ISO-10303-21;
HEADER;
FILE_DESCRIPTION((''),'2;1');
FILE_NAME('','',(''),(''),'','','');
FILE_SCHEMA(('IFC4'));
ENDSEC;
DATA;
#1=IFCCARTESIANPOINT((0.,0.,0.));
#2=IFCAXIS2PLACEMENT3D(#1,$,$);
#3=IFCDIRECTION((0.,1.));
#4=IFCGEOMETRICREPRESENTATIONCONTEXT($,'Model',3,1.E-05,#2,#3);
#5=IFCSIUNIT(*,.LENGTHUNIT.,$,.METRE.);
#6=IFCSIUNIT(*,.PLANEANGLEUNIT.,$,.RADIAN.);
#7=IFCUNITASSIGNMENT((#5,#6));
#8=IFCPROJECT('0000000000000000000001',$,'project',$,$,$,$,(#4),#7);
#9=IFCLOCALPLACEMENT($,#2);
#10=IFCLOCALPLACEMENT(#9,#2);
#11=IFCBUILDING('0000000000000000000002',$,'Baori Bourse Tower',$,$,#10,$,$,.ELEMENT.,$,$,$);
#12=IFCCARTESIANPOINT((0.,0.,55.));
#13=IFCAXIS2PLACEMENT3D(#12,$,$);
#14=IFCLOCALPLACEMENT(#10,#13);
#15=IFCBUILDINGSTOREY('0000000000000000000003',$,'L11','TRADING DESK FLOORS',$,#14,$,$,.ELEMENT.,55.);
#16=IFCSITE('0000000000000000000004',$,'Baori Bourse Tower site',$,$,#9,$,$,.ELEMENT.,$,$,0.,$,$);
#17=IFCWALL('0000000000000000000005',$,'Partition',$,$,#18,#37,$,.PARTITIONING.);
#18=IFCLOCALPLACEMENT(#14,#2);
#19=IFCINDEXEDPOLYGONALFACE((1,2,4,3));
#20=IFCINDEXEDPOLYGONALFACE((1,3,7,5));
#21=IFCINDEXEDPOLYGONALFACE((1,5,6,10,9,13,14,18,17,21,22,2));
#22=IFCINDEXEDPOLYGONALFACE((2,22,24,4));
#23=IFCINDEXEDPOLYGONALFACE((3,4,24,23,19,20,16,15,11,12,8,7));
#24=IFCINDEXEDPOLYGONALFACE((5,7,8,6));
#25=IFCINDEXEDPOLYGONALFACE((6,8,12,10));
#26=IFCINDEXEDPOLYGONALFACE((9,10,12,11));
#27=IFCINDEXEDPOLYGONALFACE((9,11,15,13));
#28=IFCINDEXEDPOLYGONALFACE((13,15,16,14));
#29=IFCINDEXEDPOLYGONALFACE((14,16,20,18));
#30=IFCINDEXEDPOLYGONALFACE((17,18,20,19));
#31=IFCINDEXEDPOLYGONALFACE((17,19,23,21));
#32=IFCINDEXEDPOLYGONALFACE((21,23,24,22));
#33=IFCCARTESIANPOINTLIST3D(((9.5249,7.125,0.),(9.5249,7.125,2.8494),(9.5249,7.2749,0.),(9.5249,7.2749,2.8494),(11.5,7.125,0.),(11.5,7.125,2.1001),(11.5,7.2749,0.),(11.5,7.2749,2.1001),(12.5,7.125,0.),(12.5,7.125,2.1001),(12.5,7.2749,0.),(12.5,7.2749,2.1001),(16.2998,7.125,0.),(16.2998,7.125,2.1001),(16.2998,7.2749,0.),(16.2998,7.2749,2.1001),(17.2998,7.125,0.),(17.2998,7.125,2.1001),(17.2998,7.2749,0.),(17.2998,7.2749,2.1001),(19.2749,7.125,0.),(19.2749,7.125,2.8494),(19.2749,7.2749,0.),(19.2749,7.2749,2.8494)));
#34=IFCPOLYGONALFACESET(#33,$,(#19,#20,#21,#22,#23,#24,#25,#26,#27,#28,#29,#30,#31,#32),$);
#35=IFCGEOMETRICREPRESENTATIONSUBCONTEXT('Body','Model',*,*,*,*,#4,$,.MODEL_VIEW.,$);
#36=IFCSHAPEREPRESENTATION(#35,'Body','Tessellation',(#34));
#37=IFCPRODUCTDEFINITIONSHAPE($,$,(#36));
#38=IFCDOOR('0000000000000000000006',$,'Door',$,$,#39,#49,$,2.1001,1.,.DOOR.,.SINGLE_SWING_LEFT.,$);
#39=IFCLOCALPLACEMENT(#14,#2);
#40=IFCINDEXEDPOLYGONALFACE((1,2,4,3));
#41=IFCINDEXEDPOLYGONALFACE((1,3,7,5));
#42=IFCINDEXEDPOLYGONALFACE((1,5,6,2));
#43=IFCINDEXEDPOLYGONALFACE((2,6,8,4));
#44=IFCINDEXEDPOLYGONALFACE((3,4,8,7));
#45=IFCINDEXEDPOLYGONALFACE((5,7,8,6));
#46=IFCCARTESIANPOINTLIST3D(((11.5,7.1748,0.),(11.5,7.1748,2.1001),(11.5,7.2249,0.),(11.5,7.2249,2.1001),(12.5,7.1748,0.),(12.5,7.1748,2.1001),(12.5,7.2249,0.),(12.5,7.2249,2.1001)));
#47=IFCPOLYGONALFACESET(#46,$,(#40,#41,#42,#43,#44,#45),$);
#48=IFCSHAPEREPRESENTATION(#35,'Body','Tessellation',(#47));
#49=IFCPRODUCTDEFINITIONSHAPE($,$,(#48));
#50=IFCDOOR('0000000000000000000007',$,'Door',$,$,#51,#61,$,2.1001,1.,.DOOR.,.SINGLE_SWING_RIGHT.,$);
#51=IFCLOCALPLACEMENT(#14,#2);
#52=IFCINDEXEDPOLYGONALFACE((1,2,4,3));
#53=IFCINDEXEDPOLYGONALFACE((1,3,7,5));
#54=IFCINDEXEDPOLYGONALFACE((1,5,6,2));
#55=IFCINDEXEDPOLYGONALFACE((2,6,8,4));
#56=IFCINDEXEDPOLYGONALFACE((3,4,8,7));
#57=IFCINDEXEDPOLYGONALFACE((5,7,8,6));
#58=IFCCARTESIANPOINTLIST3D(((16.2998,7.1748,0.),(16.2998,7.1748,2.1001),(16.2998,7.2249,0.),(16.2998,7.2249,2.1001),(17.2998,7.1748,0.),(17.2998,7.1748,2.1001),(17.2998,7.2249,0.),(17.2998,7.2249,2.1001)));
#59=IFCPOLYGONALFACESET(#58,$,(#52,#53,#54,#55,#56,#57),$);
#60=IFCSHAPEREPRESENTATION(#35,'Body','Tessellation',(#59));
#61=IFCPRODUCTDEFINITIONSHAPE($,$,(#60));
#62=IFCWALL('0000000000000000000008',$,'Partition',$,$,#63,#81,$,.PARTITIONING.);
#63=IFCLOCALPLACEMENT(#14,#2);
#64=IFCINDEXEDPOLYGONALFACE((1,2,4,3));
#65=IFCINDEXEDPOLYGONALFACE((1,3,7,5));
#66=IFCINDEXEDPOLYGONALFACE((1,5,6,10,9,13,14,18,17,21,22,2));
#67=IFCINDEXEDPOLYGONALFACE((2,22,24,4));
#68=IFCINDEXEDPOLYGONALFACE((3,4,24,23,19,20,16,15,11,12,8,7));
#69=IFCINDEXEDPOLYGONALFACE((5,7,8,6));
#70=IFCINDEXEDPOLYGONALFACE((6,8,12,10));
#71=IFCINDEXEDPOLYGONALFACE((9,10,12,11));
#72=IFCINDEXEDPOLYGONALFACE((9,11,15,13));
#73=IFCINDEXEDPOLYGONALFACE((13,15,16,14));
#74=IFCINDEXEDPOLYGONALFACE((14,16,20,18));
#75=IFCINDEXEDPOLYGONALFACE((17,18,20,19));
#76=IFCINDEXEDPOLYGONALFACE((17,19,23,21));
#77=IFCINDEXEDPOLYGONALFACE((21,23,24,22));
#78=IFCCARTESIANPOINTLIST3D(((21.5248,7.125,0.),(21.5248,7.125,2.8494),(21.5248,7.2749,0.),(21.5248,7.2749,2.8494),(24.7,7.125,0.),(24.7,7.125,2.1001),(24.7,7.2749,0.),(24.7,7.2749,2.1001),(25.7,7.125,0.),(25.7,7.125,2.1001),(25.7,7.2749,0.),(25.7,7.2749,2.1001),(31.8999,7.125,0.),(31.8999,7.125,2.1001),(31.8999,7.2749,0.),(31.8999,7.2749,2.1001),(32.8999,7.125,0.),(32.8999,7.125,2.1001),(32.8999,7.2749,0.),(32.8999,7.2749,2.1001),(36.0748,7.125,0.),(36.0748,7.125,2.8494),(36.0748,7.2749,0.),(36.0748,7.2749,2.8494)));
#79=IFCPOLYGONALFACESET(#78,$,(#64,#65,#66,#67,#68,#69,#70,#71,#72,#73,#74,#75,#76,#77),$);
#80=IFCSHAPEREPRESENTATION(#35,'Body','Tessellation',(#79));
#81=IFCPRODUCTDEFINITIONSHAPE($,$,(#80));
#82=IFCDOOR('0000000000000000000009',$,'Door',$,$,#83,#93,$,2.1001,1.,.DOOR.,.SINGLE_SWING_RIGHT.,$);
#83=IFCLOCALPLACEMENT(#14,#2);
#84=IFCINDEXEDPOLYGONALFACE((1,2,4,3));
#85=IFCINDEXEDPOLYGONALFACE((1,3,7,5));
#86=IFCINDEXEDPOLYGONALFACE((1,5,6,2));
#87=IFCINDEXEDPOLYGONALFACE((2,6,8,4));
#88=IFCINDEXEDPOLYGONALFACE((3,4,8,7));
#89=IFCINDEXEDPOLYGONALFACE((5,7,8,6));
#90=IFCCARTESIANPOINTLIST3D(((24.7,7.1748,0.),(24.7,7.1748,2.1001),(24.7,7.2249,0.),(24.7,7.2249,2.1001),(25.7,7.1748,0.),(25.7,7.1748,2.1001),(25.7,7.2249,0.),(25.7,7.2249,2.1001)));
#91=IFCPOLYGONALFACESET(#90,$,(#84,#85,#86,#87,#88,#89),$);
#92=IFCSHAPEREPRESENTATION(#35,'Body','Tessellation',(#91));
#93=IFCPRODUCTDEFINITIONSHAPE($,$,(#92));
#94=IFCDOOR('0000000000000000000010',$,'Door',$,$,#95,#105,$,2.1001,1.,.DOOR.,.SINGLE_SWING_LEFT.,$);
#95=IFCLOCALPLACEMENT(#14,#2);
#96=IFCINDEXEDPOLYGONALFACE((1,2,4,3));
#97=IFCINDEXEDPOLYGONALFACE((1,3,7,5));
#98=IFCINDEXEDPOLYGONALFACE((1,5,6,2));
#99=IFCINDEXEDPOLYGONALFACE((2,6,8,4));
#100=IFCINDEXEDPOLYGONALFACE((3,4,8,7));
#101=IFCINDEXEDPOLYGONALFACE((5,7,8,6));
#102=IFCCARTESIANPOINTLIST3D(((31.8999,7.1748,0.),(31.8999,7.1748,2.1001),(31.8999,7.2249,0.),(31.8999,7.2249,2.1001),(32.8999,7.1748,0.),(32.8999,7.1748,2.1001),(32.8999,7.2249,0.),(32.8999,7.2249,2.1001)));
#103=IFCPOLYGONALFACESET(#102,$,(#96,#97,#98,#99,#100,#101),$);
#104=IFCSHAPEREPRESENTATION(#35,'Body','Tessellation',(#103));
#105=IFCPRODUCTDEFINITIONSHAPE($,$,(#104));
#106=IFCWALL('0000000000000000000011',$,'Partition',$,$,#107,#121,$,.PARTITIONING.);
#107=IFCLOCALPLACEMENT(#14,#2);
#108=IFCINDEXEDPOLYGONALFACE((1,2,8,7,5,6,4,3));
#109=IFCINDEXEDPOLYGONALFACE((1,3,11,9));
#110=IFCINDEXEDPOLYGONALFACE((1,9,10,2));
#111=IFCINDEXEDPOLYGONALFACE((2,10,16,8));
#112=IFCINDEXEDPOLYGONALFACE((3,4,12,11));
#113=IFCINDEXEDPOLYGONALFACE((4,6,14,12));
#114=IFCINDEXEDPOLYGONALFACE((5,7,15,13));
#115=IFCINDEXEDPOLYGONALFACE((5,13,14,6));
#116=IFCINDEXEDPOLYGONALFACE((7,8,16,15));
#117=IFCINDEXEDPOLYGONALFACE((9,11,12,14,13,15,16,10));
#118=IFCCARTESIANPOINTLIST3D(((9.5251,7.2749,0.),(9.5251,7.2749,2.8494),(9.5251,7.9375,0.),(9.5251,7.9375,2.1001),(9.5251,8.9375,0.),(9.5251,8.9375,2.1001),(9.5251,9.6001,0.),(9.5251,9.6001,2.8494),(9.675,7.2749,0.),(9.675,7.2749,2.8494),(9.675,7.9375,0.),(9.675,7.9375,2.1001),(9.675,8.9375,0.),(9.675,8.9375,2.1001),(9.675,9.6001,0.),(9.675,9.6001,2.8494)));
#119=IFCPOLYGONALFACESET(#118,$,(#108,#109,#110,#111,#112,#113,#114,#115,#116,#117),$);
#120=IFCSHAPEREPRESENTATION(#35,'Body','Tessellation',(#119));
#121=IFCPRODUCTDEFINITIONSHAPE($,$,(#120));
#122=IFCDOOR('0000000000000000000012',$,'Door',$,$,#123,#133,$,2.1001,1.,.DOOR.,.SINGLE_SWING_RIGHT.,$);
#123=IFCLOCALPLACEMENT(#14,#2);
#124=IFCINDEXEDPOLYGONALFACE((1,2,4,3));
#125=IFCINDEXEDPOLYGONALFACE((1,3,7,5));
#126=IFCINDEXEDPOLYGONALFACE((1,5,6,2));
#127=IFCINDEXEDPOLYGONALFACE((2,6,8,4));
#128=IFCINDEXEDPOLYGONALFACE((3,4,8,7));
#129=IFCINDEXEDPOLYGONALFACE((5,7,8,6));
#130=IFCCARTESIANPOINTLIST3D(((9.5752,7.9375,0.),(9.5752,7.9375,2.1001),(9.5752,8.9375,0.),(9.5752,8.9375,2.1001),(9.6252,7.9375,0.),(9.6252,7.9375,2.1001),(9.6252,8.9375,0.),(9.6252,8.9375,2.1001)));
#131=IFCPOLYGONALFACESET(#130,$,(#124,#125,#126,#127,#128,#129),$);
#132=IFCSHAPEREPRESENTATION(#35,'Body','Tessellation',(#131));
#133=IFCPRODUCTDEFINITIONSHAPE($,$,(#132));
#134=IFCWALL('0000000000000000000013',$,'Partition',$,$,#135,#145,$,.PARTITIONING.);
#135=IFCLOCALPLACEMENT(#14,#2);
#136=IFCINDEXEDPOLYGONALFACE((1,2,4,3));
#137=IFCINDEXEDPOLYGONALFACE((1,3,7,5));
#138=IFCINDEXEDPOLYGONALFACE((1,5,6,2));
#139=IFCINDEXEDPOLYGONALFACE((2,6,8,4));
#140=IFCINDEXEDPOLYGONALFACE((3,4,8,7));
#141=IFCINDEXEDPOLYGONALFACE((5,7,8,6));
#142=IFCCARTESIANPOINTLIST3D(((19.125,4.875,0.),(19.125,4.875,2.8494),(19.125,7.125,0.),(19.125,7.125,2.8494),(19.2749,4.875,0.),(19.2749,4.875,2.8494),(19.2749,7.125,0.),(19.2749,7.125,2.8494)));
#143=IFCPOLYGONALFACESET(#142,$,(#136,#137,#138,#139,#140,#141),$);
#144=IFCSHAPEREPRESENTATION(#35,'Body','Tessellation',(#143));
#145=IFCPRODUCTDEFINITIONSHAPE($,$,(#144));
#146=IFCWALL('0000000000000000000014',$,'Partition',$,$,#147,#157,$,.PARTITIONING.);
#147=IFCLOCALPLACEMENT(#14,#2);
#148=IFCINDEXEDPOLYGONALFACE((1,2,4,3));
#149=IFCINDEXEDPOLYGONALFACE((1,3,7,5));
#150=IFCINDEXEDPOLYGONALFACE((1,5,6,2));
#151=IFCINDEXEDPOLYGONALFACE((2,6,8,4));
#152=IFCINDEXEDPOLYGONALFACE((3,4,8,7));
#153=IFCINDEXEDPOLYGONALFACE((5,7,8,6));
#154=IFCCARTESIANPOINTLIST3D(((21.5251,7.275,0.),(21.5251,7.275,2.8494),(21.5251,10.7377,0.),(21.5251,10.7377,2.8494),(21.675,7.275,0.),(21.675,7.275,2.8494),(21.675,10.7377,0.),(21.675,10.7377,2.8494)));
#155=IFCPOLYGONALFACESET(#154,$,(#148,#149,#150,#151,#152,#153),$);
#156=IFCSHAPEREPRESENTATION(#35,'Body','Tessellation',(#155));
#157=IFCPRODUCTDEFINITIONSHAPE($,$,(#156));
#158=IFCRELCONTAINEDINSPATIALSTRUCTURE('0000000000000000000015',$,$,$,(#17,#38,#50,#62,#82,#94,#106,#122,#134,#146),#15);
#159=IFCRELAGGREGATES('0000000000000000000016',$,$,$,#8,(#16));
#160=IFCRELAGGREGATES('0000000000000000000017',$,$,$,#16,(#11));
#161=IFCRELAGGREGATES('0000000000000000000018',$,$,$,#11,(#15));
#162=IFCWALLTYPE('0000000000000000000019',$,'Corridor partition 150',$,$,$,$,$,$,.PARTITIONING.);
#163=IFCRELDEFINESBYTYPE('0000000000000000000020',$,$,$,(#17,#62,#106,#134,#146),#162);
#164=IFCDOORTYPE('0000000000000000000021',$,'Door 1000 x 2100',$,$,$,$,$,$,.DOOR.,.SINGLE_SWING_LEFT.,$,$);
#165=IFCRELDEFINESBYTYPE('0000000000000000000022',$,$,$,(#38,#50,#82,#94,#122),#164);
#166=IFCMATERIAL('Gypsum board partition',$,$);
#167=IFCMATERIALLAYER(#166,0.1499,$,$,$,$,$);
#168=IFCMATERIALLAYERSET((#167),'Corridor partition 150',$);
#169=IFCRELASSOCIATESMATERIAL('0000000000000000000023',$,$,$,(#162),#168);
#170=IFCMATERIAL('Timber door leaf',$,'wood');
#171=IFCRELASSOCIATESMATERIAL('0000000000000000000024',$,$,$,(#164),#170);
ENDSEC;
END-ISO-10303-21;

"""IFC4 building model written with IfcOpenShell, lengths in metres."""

from ifc_helpers import new_model, si_unit, direction, frame, frame_2d, origin, place, context, subcontext, project, spatial, rectangle, extrude, material, layer, layer_set, type_object, element, fill, save


model = new_model("IFC4")

# Units and contexts
model_context = context("Model", 3, precision=1e-05, world=origin(), true_north=direction((0.0, 1.0)))
body_context = subcontext(model_context, "Body", "Model", "MODEL_VIEW")
ifc_project = project(units=[si_unit("LENGTHUNIT", "METRE"), si_unit("PLANEANGLEUNIT", "RADIAN")], contexts=[model_context])

# Site, building, storey
site_placement = place(None, origin())
site = spatial("IfcSite", under=ifc_project, at=site_placement, Name="Baori Bourse Tower site", CompositionType="ELEMENT", RefElevation=0.0)
building_placement = place(site_placement, origin())
building = spatial("IfcBuilding", under=site, at=building_placement, Name="Baori Bourse Tower", CompositionType="ELEMENT")
storey_placement = place(building_placement, frame((0.0, 0.0, 55.0)))
storey = spatial("IfcBuildingStorey", under=building, at=storey_placement, Name="L11", Description="TRADING DESK FLOORS", CompositionType="ELEMENT", Elevation=55.0)

# Walls, openings, doors
ifc_material_1 = material(Name="Gypsum board partition")
ifc_layer_1 = layer(ifc_material_1, 0.1499)
ifc_layer_set_1 = layer_set([ifc_layer_1], Name="Corridor partition 150")
wall_type_1 = type_object("IfcWallType", Name="Corridor partition 150", PredefinedType="PARTITIONING", material=ifc_layer_set_1)
wall_1_placement = place(storey_placement, frame((9.5249, 7.2, 0.0), z_axis=(0.0, 0.0, 1.0), x_axis=(1.0, 0.0, 0.0)))
wall_1 = element("IfcWall", 1, at=wall_1_placement, inside=storey, type_object=wall_type_1, Name="Partition", PredefinedType="PARTITIONING", context=body_context, shape_type="SweptSolid", body=[
    extrude(rectangle(XDim=9.75, YDim=0.1499, at=frame_2d((4.875, 0.0))), origin(), (0.0, 0.0, 1.0), 2.8494),
])
opening_1_placement = place(wall_1_placement, frame((1.9751, 0.0, 0.0)))
opening_1 = element("IfcOpeningElement", 2, at=opening_1_placement, cuts=wall_1, PredefinedType="OPENING", context=body_context, shape_type="SweptSolid", body=[
    extrude(rectangle(XDim=1.0, YDim=2.1001, at=frame_2d((0.5, 1.05))), frame((0.0, 0.085, 0.0), z_axis=(0.0, -1.0, 0.0), x_axis=(1.0, 0.0, 0.0)), (0.0, 0.0, 1.0), 0.1699),
])
opening_2_placement = place(wall_1_placement, frame((6.7749, 0.0, 0.0)))
opening_2 = element("IfcOpeningElement", 3, at=opening_2_placement, cuts=wall_1, PredefinedType="OPENING", context=body_context, shape_type="SweptSolid", body=[
    extrude(rectangle(XDim=1.0, YDim=2.1001, at=frame_2d((0.5, 1.05))), frame((0.0, 0.085, 0.0), z_axis=(0.0, -1.0, 0.0), x_axis=(1.0, 0.0, 0.0)), (0.0, 0.0, 1.0), 0.1699),
])
ifc_material_2 = material(Name="Timber door leaf", Category="wood")
door_type_1 = type_object("IfcDoorType", Name="Door 1000 x 2100", OperationType="SINGLE_SWING_LEFT", PredefinedType="DOOR", material=ifc_material_2)
door_1_placement = place(opening_1_placement, origin())
door_1 = element("IfcDoor", 4, at=door_1_placement, inside=storey, type_object=door_type_1, Name="Door", OperationType="SINGLE_SWING_LEFT", OverallHeight=2.1001, OverallWidth=1.0, PredefinedType="DOOR", context=body_context, shape_type="SweptSolid", body=[
    extrude(rectangle(XDim=1.0, YDim=2.1001, at=frame_2d((0.5, 1.05))), frame((0.0, 0.0249, 0.0), z_axis=(0.0, -1.0, 0.0), x_axis=(1.0, 0.0, 0.0)), (0.0, 0.0, 1.0), 0.05),
])
fill(opening_1, door_1)
door_2_placement = place(opening_2_placement, origin())
door_2 = element("IfcDoor", 5, at=door_2_placement, inside=storey, type_object=door_type_1, Name="Door", OperationType="SINGLE_SWING_RIGHT", OverallHeight=2.1001, OverallWidth=1.0, PredefinedType="DOOR", context=body_context, shape_type="SweptSolid", body=[
    extrude(rectangle(XDim=1.0, YDim=2.1001, at=frame_2d((0.5, 1.05))), frame((0.0, 0.0249, 0.0), z_axis=(0.0, -1.0, 0.0), x_axis=(1.0, 0.0, 0.0)), (0.0, 0.0, 1.0), 0.05),
])
fill(opening_2, door_2)
wall_2_placement = place(storey_placement, frame((21.5249, 7.2, 0.0), z_axis=(0.0, 0.0, 1.0), x_axis=(1.0, 0.0, 0.0)))
wall_2 = element("IfcWall", 6, at=wall_2_placement, inside=storey, type_object=wall_type_1, Name="Partition", PredefinedType="PARTITIONING", context=body_context, shape_type="SweptSolid", body=[
    extrude(rectangle(XDim=14.55, YDim=0.1499, at=frame_2d((7.2749, 0.0))), origin(), (0.0, 0.0, 1.0), 2.8494),
])
opening_3_placement = place(wall_2_placement, frame((3.175, 0.0, 0.0)))
opening_3 = element("IfcOpeningElement", 7, at=opening_3_placement, cuts=wall_2, PredefinedType="OPENING", context=body_context, shape_type="SweptSolid", body=[
    extrude(rectangle(XDim=1.0, YDim=2.1001, at=frame_2d((0.5, 1.05))), frame((0.0, 0.085, 0.0), z_axis=(0.0, -1.0, 0.0), x_axis=(1.0, 0.0, 0.0)), (0.0, 0.0, 1.0), 0.1699),
])
opening_4_placement = place(wall_2_placement, frame((10.375, 0.0, 0.0)))
opening_4 = element("IfcOpeningElement", 8, at=opening_4_placement, cuts=wall_2, PredefinedType="OPENING", context=body_context, shape_type="SweptSolid", body=[
    extrude(rectangle(XDim=1.0, YDim=2.1001, at=frame_2d((0.5, 1.05))), frame((0.0, 0.085, 0.0), z_axis=(0.0, -1.0, 0.0), x_axis=(1.0, 0.0, 0.0)), (0.0, 0.0, 1.0), 0.1699),
])
door_3_placement = place(opening_3_placement, origin())
door_3 = element("IfcDoor", 9, at=door_3_placement, inside=storey, type_object=door_type_1, Name="Door", OperationType="SINGLE_SWING_RIGHT", OverallHeight=2.1001, OverallWidth=1.0, PredefinedType="DOOR", context=body_context, shape_type="SweptSolid", body=[
    extrude(rectangle(XDim=1.0, YDim=2.1001, at=frame_2d((0.5, 1.05))), frame((0.0, 0.0249, 0.0), z_axis=(0.0, -1.0, 0.0), x_axis=(1.0, 0.0, 0.0)), (0.0, 0.0, 1.0), 0.05),
])
fill(opening_3, door_3)
door_4_placement = place(opening_4_placement, origin())
door_4 = element("IfcDoor", 10, at=door_4_placement, inside=storey, type_object=door_type_1, Name="Door", OperationType="SINGLE_SWING_LEFT", OverallHeight=2.1001, OverallWidth=1.0, PredefinedType="DOOR", context=body_context, shape_type="SweptSolid", body=[
    extrude(rectangle(XDim=1.0, YDim=2.1001, at=frame_2d((0.5, 1.05))), frame((0.0, 0.0249, 0.0), z_axis=(0.0, -1.0, 0.0), x_axis=(1.0, 0.0, 0.0)), (0.0, 0.0, 1.0), 0.05),
])
fill(opening_4, door_4)

# Wall, opening, door
wall_3_placement = place(storey_placement, frame((9.6001, 7.2749, 0.0), z_axis=(0.0, 0.0, 1.0), x_axis=(0.0, 1.0, 0.0)))
wall_3 = element("IfcWall", 11, at=wall_3_placement, inside=storey, type_object=wall_type_1, Name="Partition", PredefinedType="PARTITIONING", context=body_context, shape_type="SweptSolid", body=[
    extrude(rectangle(XDim=2.3252, YDim=0.1499, at=frame_2d((1.1626, 0.0))), origin(), (0.0, 0.0, 1.0), 2.8494),
])
opening_5_placement = place(wall_3_placement, frame((0.6626, 0.0, 0.0)))
opening_5 = element("IfcOpeningElement", 12, at=opening_5_placement, cuts=wall_3, PredefinedType="OPENING", context=body_context, shape_type="SweptSolid", body=[
    extrude(rectangle(XDim=1.0, YDim=2.1001, at=frame_2d((0.5, 1.05))), frame((0.0, 0.085, 0.0), z_axis=(0.0, -1.0, 0.0), x_axis=(1.0, 0.0, 0.0)), (0.0, 0.0, 1.0), 0.1699),
])
door_5_placement = place(opening_5_placement, origin())
door_5 = element("IfcDoor", 13, at=door_5_placement, inside=storey, type_object=door_type_1, Name="Door", OperationType="SINGLE_SWING_RIGHT", OverallHeight=2.1001, OverallWidth=1.0, PredefinedType="DOOR", context=body_context, shape_type="SweptSolid", body=[
    extrude(rectangle(XDim=1.0, YDim=2.1001, at=frame_2d((0.5, 1.05))), frame((0.0, 0.0249, 0.0), z_axis=(0.0, -1.0, 0.0), x_axis=(1.0, 0.0, 0.0)), (0.0, 0.0, 1.0), 0.05),
])
fill(opening_5, door_5)

# Walls
wall_4_placement = place(storey_placement, frame((19.2, 4.875, 0.0), z_axis=(0.0, 0.0, 1.0), x_axis=(0.0, 1.0, 0.0)))
element("IfcWall", 14, at=wall_4_placement, inside=storey, type_object=wall_type_1, Name="Partition", PredefinedType="PARTITIONING", context=body_context, shape_type="SweptSolid", body=[
    extrude(rectangle(XDim=2.25, YDim=0.1499, at=frame_2d((1.125, 0.0))), origin(), (0.0, 0.0, 1.0), 2.8494),
])
wall_5_placement = place(storey_placement, frame((21.6001, 7.2749, 0.0), z_axis=(0.0, 0.0, 1.0), x_axis=(0.0, 1.0, 0.0)))
element("IfcWall", 15, at=wall_5_placement, inside=storey, type_object=wall_type_1, Name="Partition", PredefinedType="PARTITIONING", context=body_context, shape_type="SweptSolid", body=[
    extrude(rectangle(XDim=3.4626, YDim=0.1499, at=frame_2d((1.7314, 0.0))), origin(), (0.0, 0.0, 1.0), 2.8494),
])

save(model, "model.ifc")
